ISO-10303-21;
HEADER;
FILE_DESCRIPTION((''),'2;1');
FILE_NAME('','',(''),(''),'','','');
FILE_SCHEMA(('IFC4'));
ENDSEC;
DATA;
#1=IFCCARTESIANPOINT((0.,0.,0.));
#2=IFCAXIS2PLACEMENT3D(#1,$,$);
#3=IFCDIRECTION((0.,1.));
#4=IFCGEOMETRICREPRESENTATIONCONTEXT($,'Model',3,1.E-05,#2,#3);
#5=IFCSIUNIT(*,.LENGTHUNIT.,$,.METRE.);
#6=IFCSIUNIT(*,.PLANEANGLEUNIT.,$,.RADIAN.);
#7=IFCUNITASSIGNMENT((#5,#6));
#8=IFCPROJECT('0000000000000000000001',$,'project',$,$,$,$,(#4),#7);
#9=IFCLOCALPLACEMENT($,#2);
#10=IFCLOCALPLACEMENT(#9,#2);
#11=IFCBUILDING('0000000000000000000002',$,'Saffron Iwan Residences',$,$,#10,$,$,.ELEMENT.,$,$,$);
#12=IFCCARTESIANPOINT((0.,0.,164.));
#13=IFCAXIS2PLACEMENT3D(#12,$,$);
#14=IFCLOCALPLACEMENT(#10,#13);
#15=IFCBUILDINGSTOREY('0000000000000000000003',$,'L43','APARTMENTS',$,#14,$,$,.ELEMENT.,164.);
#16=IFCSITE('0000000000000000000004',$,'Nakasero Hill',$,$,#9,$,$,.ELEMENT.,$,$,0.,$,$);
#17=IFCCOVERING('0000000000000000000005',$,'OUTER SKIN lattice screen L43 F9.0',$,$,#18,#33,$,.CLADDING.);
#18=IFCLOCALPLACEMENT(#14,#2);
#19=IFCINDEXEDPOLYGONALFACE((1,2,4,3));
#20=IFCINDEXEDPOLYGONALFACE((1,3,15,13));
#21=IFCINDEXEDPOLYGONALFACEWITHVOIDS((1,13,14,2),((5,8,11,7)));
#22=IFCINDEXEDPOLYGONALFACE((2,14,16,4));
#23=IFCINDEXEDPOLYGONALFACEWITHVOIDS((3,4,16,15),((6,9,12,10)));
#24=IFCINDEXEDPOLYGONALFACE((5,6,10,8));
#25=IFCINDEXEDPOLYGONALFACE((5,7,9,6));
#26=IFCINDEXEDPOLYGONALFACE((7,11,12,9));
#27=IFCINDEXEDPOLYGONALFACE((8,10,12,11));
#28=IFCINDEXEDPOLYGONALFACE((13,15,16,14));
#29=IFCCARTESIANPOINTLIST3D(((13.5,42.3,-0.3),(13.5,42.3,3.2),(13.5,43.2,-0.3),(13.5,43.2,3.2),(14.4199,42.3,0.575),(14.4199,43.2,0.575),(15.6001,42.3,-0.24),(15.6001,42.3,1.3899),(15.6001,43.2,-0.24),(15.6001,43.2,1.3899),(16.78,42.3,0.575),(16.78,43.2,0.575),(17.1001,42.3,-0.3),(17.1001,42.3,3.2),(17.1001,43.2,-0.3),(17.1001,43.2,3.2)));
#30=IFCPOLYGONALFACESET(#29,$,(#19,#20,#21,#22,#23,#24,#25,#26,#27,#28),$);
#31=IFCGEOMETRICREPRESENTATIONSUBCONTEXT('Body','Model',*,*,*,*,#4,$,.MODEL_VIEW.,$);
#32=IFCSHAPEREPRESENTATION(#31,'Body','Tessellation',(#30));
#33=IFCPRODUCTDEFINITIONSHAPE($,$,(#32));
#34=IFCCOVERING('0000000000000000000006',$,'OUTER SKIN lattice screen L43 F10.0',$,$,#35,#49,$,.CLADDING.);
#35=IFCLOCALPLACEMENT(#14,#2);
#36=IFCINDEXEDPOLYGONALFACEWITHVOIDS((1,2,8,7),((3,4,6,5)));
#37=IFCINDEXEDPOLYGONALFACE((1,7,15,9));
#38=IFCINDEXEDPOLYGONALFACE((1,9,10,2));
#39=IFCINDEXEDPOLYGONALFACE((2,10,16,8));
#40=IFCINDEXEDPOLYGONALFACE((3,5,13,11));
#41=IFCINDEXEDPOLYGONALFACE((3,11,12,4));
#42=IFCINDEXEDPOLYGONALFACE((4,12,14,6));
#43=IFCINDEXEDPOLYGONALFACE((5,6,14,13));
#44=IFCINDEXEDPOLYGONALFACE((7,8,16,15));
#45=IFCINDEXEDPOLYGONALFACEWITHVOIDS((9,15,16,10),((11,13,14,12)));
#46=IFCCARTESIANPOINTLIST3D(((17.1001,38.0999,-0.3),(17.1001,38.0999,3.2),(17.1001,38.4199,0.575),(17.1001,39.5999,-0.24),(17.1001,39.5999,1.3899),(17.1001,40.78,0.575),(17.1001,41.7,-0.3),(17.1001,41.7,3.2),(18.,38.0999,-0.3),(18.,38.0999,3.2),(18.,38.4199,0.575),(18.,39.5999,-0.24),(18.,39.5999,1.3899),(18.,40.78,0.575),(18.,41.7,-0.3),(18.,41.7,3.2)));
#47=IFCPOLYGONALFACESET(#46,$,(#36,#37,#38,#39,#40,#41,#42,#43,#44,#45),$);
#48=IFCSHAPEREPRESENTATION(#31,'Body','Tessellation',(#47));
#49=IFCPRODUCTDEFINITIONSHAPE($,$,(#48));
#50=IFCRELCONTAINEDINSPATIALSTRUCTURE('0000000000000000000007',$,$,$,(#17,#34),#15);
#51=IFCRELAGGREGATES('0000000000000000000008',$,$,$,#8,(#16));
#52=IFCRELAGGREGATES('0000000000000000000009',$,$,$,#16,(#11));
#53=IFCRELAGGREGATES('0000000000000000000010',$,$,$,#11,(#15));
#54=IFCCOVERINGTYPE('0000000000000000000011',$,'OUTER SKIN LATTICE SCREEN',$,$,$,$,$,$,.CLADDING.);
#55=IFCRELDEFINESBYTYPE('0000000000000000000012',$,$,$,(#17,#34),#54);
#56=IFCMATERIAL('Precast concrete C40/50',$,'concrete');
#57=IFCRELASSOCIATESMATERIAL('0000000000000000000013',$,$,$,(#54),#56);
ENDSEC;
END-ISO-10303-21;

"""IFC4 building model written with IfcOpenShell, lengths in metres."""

from ifc_helpers import new_model, si_unit, direction, frame, origin, place, context, subcontext, project, spatial, polyline, outline, extrude, material, type_object, element, save


model = new_model("IFC4")

# Units and contexts
model_context = context("Model", 3, precision=1e-05, world=origin(), true_north=direction((0.0, 1.0)))
body_context = subcontext(model_context, "Body", "Model", "MODEL_VIEW")
ifc_project = project(units=[si_unit("LENGTHUNIT", "METRE"), si_unit("PLANEANGLEUNIT", "RADIAN")], contexts=[model_context])

# Site, building, storey
site_placement = place(None, origin())
site = spatial("IfcSite", under=ifc_project, at=site_placement, Name="Nakasero Hill", CompositionType="ELEMENT", RefElevation=0.0)
building_placement = place(site_placement, origin())
building = spatial("IfcBuilding", under=site, at=building_placement, Name="Saffron Iwan Residences", CompositionType="ELEMENT")
storey_placement = place(building_placement, frame((0.0, 0.0, 164.0)))
storey = spatial("IfcBuildingStorey", under=building, at=storey_placement, Name="L43", Description="APARTMENTS", CompositionType="ELEMENT", Elevation=164.0)

# Coverings
ifc_material_1 = material(Name="Precast concrete C40/50", Category="concrete")
covering_type = type_object("IfcCoveringType", Name="OUTER SKIN LATTICE SCREEN", PredefinedType="CLADDING", material=ifc_material_1)
for number, where, z_axis, x_axis, name in (
    (1, (13.5, 43.2, -0.3), (0.0, -1.0, 0.0), (1.0, 0.0, 0.0), "OUTER SKIN lattice screen L43 F9.0"),
    (2, (18.0, 41.7, -0.3), (-1.0, 0.0, 0.0), (0.0, -1.0, 0.0), "OUTER SKIN lattice screen L43 F10.0"),
):
    element("IfcCovering", number, at=place(storey_placement, frame(where, z_axis=z_axis, x_axis=x_axis)), inside=storey, type_object=covering_type, Name=name, PredefinedType="CLADDING", context=body_context, shape_type="SweptSolid", body=[
        extrude(outline(polyline([(0.0, 0.0), (3.6001, 0.0), (3.6001, 3.5), (0.0, 3.5), (0.0, 0.0)]), holes=[polyline([(0.9199, 0.875), (2.1001, 0.0601), (3.28, 0.875), (2.1001, 1.6899), (0.9199, 0.875)])]), origin(), (0.0, 0.0, 1.0), 0.8999),
    ])

save(model, "model.ifc")
